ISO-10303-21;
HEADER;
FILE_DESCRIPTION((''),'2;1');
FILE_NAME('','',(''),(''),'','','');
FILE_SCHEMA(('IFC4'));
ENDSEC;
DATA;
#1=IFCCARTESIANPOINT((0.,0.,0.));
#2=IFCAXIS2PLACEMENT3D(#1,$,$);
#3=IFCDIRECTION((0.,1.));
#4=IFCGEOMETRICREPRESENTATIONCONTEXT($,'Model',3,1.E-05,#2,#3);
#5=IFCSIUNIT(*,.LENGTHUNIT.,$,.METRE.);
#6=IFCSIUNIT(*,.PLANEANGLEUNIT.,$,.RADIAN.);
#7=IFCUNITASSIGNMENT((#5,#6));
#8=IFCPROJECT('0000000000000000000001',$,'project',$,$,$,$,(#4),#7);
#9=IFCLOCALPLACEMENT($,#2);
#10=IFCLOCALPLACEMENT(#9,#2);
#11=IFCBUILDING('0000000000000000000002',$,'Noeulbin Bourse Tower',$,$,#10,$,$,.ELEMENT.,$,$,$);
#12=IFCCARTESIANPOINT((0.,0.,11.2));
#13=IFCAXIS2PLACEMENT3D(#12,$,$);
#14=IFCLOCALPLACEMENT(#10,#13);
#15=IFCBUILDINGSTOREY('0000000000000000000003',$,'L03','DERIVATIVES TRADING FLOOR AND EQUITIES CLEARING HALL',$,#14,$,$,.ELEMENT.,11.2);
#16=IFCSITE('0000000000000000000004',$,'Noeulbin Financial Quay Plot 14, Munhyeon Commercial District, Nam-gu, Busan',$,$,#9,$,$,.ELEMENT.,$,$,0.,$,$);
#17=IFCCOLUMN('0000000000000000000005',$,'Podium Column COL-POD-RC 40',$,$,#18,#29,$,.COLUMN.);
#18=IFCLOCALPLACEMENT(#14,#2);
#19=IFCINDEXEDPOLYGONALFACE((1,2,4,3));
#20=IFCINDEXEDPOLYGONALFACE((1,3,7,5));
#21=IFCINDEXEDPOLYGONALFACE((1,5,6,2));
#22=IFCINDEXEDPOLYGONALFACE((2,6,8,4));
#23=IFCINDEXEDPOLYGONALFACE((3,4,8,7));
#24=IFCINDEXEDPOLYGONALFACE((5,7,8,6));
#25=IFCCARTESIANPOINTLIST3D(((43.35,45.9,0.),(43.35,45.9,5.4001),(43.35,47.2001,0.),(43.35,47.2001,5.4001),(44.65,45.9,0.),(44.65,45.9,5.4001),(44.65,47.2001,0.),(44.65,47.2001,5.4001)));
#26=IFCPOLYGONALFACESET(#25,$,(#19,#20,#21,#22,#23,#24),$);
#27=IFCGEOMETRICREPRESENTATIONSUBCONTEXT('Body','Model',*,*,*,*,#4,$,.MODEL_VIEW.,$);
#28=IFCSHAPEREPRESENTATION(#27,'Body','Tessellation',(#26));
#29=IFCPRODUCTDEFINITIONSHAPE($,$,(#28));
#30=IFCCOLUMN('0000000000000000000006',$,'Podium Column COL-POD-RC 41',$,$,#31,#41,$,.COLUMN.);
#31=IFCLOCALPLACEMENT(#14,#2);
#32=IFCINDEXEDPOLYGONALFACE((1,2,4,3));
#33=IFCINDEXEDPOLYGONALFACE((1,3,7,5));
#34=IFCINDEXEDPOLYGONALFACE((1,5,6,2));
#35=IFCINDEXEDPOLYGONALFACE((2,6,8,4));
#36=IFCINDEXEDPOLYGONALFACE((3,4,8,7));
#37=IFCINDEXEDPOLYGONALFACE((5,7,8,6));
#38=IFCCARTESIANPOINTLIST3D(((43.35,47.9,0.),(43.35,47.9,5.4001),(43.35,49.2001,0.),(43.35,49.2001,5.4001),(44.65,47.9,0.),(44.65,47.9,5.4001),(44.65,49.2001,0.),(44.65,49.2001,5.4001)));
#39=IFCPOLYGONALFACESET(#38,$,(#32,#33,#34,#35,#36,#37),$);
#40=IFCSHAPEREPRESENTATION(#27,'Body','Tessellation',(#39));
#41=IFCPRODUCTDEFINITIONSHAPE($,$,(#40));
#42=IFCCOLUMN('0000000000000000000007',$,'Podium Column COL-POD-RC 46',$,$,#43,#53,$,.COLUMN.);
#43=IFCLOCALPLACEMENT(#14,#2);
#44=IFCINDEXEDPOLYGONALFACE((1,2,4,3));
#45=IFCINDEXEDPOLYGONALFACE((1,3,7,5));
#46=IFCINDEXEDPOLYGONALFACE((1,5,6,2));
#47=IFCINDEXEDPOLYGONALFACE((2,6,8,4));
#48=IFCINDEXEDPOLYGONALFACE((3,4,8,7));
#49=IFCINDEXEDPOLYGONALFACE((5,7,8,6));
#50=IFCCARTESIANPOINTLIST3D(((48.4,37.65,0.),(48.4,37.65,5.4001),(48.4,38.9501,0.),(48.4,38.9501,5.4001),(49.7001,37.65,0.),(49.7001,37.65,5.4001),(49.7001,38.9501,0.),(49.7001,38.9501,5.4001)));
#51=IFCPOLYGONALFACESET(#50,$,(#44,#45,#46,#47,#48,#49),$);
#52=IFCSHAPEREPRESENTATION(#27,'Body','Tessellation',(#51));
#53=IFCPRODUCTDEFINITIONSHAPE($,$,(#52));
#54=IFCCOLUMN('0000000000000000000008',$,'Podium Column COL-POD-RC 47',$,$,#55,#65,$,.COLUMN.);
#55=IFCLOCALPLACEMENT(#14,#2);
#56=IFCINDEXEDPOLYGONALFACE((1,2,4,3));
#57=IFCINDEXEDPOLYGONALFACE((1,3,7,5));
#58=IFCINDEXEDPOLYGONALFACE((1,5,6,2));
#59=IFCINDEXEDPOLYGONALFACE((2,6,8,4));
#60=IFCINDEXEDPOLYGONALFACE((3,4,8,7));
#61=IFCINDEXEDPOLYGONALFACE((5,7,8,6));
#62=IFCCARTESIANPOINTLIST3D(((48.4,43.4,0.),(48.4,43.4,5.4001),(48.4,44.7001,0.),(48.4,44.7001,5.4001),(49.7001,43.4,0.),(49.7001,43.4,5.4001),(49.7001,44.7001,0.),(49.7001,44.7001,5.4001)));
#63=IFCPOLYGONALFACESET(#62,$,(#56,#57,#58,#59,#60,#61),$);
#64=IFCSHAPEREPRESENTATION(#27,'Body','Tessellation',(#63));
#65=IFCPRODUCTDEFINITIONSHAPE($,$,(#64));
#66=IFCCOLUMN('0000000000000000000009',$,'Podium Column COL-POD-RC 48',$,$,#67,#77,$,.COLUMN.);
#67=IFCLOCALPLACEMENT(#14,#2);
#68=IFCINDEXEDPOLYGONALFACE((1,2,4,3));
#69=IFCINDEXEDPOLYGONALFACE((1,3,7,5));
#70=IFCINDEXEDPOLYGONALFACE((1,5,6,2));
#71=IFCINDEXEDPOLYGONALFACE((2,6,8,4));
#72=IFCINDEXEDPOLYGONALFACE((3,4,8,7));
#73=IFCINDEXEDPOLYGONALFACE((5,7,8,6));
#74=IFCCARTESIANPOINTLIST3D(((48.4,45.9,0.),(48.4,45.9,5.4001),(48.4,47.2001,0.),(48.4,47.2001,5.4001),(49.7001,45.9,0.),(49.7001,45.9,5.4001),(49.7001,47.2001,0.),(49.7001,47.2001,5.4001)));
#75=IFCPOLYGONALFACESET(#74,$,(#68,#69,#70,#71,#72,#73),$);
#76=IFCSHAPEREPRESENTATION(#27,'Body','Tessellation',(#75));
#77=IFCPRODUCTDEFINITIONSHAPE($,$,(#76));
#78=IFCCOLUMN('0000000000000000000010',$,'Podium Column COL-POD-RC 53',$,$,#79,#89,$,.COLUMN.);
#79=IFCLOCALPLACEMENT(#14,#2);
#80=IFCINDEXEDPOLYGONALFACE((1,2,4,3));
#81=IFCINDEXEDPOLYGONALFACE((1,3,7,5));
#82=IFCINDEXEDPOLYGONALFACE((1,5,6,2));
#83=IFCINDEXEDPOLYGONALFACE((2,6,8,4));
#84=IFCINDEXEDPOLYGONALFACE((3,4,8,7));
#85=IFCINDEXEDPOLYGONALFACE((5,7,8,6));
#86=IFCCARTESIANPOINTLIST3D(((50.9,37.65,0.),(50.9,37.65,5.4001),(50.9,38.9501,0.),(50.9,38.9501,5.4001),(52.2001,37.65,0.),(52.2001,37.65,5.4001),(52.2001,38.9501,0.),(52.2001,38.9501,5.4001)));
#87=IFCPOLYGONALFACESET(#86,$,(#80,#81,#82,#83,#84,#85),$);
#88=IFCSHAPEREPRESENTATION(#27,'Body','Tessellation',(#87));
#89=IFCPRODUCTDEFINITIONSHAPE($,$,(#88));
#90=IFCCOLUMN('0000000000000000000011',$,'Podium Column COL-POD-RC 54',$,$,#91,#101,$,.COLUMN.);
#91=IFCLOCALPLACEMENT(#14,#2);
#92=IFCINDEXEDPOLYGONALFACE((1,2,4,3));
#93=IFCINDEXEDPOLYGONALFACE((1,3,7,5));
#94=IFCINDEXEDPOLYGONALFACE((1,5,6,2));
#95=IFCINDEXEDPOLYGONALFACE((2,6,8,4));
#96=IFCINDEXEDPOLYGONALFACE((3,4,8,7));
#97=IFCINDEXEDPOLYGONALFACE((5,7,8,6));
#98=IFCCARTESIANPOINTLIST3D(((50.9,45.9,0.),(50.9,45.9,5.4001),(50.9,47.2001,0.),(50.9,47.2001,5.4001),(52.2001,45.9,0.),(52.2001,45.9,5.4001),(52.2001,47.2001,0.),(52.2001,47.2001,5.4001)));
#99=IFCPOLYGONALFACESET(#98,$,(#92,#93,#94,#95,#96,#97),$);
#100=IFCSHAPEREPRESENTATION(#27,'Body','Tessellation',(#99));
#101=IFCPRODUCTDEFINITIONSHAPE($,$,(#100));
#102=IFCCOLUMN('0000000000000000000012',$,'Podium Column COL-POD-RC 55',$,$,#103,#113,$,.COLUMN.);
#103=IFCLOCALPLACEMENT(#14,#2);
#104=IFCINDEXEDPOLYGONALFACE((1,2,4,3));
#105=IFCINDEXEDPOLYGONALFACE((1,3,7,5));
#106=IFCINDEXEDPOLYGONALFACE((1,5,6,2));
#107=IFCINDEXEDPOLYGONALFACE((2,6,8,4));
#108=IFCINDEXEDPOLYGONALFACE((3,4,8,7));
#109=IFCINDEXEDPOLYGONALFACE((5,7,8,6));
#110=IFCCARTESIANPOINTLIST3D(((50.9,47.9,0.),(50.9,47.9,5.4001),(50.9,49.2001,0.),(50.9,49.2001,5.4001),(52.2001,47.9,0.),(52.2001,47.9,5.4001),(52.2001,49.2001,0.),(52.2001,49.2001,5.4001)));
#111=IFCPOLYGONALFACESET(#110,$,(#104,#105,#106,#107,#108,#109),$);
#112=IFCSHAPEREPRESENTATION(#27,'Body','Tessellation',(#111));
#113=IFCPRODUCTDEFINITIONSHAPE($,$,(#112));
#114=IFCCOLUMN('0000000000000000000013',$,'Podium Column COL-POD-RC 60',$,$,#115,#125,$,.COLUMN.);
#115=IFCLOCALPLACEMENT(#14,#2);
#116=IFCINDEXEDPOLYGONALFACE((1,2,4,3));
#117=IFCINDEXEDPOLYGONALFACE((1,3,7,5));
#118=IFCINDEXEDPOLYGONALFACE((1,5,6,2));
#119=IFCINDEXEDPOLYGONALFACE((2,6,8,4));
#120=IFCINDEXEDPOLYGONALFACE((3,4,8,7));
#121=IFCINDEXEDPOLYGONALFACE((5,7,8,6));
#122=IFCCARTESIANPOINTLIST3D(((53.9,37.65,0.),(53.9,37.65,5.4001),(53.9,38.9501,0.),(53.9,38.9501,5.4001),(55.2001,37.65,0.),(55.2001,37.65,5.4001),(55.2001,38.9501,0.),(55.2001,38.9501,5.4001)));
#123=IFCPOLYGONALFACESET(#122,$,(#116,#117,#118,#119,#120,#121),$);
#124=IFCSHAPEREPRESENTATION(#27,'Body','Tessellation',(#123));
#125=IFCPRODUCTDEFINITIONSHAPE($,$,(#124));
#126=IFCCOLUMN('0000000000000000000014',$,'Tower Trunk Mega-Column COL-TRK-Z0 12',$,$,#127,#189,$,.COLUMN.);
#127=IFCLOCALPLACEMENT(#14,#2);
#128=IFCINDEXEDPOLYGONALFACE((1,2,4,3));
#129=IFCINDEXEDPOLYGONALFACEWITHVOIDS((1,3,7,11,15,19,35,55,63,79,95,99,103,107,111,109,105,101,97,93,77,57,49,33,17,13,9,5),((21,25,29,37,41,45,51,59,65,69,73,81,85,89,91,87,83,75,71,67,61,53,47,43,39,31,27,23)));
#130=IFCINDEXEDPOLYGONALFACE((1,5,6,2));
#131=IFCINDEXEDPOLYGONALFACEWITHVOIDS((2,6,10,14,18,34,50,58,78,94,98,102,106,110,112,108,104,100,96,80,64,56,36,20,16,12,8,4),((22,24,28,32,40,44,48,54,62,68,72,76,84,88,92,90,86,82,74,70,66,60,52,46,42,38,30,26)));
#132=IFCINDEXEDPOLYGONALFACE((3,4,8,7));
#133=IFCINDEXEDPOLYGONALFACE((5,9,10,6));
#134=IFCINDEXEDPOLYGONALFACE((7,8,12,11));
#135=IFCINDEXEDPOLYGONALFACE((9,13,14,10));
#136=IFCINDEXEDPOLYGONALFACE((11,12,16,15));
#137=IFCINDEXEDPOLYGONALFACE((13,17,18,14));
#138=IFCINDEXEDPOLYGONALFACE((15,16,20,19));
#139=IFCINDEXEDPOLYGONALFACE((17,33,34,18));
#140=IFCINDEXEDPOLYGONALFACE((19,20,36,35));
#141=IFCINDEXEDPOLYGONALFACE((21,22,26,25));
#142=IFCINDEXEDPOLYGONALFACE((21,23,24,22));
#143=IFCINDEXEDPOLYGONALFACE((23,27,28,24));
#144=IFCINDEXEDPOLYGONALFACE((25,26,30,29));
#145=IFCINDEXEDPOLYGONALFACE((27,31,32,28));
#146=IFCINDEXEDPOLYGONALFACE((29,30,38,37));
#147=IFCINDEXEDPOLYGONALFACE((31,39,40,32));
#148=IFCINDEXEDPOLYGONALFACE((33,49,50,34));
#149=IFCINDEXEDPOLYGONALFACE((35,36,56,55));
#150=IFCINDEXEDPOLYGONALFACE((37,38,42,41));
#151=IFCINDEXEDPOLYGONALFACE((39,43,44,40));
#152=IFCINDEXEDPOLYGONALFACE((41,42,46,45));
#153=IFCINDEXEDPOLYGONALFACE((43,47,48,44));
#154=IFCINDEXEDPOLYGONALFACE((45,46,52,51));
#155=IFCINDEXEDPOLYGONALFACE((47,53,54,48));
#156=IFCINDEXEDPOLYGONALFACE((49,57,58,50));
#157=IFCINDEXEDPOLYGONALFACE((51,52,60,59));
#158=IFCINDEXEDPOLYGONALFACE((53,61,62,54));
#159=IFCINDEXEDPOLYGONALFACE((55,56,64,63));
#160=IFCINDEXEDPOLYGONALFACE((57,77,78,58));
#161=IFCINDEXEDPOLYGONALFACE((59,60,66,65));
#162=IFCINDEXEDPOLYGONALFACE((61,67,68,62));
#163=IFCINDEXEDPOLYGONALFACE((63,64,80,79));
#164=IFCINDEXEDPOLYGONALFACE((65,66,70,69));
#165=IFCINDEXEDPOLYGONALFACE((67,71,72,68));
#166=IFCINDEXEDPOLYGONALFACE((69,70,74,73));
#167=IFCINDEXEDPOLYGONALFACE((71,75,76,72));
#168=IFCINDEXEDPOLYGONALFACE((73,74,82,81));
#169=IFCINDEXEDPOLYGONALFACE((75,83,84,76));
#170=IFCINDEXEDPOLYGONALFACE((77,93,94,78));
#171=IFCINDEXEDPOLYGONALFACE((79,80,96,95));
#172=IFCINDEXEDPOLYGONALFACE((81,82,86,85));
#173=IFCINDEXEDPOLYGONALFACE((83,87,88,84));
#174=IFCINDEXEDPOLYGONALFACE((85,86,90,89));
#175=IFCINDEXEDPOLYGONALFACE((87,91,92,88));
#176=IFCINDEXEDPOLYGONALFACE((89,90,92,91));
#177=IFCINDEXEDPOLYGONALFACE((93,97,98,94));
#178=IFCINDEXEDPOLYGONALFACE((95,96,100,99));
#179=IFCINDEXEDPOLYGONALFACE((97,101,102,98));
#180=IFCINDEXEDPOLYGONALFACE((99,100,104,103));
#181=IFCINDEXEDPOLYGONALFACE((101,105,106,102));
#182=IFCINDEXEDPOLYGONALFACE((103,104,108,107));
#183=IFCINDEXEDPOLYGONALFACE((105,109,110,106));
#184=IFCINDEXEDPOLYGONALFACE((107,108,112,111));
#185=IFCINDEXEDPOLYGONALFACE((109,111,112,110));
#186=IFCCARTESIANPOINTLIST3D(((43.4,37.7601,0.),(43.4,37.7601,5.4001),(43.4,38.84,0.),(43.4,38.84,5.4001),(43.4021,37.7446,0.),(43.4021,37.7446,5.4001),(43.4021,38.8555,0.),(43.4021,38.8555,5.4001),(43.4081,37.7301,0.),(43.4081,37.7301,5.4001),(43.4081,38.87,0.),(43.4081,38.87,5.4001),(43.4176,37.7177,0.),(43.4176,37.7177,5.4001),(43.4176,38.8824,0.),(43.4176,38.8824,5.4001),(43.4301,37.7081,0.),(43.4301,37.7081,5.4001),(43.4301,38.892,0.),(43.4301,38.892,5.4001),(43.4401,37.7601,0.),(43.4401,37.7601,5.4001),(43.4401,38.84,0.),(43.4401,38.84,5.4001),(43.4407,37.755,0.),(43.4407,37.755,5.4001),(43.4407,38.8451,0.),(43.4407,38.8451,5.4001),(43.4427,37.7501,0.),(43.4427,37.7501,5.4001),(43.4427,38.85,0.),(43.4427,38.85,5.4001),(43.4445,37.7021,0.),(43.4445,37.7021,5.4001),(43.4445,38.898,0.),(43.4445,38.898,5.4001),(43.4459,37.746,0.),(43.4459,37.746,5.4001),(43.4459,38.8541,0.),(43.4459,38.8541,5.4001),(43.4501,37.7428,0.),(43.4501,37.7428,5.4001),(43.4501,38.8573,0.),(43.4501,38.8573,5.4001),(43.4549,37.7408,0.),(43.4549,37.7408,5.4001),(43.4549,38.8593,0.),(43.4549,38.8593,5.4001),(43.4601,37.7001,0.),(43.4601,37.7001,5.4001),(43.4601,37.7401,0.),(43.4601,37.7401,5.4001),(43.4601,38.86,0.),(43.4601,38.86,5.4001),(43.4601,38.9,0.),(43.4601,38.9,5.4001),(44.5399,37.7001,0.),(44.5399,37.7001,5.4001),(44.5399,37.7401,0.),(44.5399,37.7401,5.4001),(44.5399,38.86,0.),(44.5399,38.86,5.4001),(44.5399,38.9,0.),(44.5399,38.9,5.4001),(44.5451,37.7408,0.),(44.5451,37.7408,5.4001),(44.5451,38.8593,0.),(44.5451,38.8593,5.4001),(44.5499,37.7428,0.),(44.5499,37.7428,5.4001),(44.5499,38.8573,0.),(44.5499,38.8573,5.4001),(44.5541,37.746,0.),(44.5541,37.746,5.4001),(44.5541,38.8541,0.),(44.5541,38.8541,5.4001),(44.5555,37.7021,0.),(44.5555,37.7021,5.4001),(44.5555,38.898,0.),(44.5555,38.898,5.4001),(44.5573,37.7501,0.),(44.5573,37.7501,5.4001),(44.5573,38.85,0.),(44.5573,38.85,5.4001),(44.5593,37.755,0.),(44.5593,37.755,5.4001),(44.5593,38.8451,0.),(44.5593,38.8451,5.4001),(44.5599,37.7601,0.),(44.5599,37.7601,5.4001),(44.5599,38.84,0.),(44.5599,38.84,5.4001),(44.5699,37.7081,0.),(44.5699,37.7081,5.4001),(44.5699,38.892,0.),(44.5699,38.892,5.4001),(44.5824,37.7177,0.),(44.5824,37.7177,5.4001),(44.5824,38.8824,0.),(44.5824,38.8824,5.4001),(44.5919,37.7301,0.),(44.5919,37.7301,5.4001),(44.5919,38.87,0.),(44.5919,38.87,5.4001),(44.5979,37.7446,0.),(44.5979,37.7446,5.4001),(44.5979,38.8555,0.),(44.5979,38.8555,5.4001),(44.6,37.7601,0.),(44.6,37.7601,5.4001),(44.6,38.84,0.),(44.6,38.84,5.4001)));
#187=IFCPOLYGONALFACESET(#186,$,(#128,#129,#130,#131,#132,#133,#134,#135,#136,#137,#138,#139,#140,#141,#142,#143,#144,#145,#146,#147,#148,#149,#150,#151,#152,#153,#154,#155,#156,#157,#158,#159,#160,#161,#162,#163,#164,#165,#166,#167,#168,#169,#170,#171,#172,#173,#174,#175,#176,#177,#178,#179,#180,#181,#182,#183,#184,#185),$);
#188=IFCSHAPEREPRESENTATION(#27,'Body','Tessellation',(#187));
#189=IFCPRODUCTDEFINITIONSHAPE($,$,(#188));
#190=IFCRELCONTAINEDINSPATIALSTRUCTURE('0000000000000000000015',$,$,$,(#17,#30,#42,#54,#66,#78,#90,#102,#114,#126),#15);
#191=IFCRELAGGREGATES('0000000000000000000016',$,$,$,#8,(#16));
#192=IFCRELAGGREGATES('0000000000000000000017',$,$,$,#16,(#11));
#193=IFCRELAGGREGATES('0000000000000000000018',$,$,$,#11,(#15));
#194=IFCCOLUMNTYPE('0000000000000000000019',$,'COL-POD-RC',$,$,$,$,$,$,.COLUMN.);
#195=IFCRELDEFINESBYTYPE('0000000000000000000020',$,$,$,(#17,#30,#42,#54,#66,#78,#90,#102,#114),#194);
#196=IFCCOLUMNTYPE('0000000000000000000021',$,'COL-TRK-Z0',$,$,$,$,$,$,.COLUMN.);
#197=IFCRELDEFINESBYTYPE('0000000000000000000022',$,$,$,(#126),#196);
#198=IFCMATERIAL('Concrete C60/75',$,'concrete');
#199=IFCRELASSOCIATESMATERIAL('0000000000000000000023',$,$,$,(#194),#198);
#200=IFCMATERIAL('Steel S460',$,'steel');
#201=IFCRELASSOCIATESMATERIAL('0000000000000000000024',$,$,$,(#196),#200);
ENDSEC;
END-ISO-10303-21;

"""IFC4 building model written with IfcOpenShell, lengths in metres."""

from ifc_helpers import new_model, si_unit, direction, frame, origin, origin_2d, place, context, subcontext, project, spatial, rectangle, hollow_rectangle, extrude, material, material_profile, profile_set, type_object, element, save


model = new_model("IFC4")

# Units and contexts
model_context = context("Model", 3, precision=1e-05, world=origin(), true_north=direction((0.0, 1.0)))
body_context = subcontext(model_context, "Body", "Model", "MODEL_VIEW")
ifc_project = project(units=[si_unit("LENGTHUNIT", "METRE"), si_unit("PLANEANGLEUNIT", "RADIAN")], contexts=[model_context])

# Site, building, storey
site_placement = place(None, origin())
site = spatial("IfcSite", under=ifc_project, at=site_placement, Name="Noeulbin Financial Quay Plot 14, Munhyeon Commercial District, Nam-gu, Busan", CompositionType="ELEMENT", RefElevation=0.0)
building_placement = place(site_placement, origin())
building = spatial("IfcBuilding", under=site, at=building_placement, Name="Noeulbin Bourse Tower", CompositionType="ELEMENT")
storey_placement = place(building_placement, frame((0.0, 0.0, 11.2)))
storey = spatial("IfcBuildingStorey", under=building, at=storey_placement, Name="L03", Description="DERIVATIVES TRADING FLOOR AND EQUITIES CLEARING HALL", CompositionType="ELEMENT", Elevation=11.2)

# Columns
ifc_material_1 = material(Name="Concrete C60/75", Category="concrete")
ifc_material_profile_1 = material_profile(ifc_material_1, rectangle(XDim=1.3, YDim=1.3, at=origin_2d()), Name="RC-COL-1300x1300", Category="LoadBearing")
ifc_profile_set_1 = profile_set([ifc_material_profile_1], Name="Concrete C60/75")
column_type_1 = type_object("IfcColumnType", Name="COL-POD-RC", PredefinedType="COLUMN", material=ifc_profile_set_1)
for number, where, z_axis, x_axis, name in (
    (1, (44.0, 46.55, 0.0), (0.0, 0.0, 1.0), (1.0, 0.0, 0.0), "Podium Column COL-POD-RC 40"),
    (2, (44.0, 48.55, 0.0), (0.0, 0.0, 1.0), (1.0, 0.0, 0.0), "Podium Column COL-POD-RC 41"),
    (3, (49.05, 38.3, 0.0), (0.0, 0.0, 1.0), (1.0, 0.0, 0.0), "Podium Column COL-POD-RC 46"),
    (4, (49.05, 44.05, 0.0), (0.0, 0.0, 1.0), (1.0, 0.0, 0.0), "Podium Column COL-POD-RC 47"),
    (5, (49.05, 46.55, 0.0), (0.0, 0.0, 1.0), (1.0, 0.0, 0.0), "Podium Column COL-POD-RC 48"),
    (6, (51.55, 38.3, 0.0), (0.0, 0.0, 1.0), (1.0, 0.0, 0.0), "Podium Column COL-POD-RC 53"),
    (7, (51.55, 46.55, 0.0), (0.0, 0.0, 1.0), (1.0, 0.0, 0.0), "Podium Column COL-POD-RC 54"),
    (8, (51.55, 48.55, 0.0), (0.0, 0.0, 1.0), (1.0, 0.0, 0.0), "Podium Column COL-POD-RC 55"),
    (9, (54.55, 38.3, 0.0), (0.0, 0.0, 1.0), (1.0, 0.0, 0.0), "Podium Column COL-POD-RC 60"),
):
    element("IfcColumn", number, at=place(storey_placement, frame(where, z_axis=z_axis, x_axis=x_axis)), inside=storey, type_object=column_type_1, Name=name, PredefinedType="COLUMN", context=body_context, shape_type="SweptSolid", body=[
        extrude(rectangle(XDim=1.3, YDim=1.3, at=origin_2d()), origin(), (0.0, 0.0, 1.0), 5.4001),
    ])
ifc_material_2 = material(Name="Steel S460", Category="steel")
ifc_material_profile_2 = material_profile(ifc_material_2, hollow_rectangle(XDim=1.2, YDim=1.2, WallThickness=0.04, InnerFilletRadius=0.02, OuterFilletRadius=0.0601, at=origin_2d()), Name="BOX-1200x1200x40", Category="LoadBearing")
ifc_profile_set_2 = profile_set([ifc_material_profile_2], Name="Steel S460")
column_type_2 = type_object("IfcColumnType", Name="COL-TRK-Z0", PredefinedType="COLUMN", material=ifc_profile_set_2)
column_placement = place(storey_placement, frame((44.0, 38.3, 0.0), z_axis=(0.0, 0.0, 1.0), x_axis=(1.0, 0.0, 0.0)))
element("IfcColumn", 10, at=column_placement, inside=storey, type_object=column_type_2, Name="Tower Trunk Mega-Column COL-TRK-Z0 12", PredefinedType="COLUMN", context=body_context, shape_type="SweptSolid", body=[
    extrude(hollow_rectangle(XDim=1.2, YDim=1.2, WallThickness=0.04, InnerFilletRadius=0.02, OuterFilletRadius=0.0601, at=origin_2d()), origin(), (0.0, 0.0, 1.0), 5.4001),
])

save(model, "model.ifc")
